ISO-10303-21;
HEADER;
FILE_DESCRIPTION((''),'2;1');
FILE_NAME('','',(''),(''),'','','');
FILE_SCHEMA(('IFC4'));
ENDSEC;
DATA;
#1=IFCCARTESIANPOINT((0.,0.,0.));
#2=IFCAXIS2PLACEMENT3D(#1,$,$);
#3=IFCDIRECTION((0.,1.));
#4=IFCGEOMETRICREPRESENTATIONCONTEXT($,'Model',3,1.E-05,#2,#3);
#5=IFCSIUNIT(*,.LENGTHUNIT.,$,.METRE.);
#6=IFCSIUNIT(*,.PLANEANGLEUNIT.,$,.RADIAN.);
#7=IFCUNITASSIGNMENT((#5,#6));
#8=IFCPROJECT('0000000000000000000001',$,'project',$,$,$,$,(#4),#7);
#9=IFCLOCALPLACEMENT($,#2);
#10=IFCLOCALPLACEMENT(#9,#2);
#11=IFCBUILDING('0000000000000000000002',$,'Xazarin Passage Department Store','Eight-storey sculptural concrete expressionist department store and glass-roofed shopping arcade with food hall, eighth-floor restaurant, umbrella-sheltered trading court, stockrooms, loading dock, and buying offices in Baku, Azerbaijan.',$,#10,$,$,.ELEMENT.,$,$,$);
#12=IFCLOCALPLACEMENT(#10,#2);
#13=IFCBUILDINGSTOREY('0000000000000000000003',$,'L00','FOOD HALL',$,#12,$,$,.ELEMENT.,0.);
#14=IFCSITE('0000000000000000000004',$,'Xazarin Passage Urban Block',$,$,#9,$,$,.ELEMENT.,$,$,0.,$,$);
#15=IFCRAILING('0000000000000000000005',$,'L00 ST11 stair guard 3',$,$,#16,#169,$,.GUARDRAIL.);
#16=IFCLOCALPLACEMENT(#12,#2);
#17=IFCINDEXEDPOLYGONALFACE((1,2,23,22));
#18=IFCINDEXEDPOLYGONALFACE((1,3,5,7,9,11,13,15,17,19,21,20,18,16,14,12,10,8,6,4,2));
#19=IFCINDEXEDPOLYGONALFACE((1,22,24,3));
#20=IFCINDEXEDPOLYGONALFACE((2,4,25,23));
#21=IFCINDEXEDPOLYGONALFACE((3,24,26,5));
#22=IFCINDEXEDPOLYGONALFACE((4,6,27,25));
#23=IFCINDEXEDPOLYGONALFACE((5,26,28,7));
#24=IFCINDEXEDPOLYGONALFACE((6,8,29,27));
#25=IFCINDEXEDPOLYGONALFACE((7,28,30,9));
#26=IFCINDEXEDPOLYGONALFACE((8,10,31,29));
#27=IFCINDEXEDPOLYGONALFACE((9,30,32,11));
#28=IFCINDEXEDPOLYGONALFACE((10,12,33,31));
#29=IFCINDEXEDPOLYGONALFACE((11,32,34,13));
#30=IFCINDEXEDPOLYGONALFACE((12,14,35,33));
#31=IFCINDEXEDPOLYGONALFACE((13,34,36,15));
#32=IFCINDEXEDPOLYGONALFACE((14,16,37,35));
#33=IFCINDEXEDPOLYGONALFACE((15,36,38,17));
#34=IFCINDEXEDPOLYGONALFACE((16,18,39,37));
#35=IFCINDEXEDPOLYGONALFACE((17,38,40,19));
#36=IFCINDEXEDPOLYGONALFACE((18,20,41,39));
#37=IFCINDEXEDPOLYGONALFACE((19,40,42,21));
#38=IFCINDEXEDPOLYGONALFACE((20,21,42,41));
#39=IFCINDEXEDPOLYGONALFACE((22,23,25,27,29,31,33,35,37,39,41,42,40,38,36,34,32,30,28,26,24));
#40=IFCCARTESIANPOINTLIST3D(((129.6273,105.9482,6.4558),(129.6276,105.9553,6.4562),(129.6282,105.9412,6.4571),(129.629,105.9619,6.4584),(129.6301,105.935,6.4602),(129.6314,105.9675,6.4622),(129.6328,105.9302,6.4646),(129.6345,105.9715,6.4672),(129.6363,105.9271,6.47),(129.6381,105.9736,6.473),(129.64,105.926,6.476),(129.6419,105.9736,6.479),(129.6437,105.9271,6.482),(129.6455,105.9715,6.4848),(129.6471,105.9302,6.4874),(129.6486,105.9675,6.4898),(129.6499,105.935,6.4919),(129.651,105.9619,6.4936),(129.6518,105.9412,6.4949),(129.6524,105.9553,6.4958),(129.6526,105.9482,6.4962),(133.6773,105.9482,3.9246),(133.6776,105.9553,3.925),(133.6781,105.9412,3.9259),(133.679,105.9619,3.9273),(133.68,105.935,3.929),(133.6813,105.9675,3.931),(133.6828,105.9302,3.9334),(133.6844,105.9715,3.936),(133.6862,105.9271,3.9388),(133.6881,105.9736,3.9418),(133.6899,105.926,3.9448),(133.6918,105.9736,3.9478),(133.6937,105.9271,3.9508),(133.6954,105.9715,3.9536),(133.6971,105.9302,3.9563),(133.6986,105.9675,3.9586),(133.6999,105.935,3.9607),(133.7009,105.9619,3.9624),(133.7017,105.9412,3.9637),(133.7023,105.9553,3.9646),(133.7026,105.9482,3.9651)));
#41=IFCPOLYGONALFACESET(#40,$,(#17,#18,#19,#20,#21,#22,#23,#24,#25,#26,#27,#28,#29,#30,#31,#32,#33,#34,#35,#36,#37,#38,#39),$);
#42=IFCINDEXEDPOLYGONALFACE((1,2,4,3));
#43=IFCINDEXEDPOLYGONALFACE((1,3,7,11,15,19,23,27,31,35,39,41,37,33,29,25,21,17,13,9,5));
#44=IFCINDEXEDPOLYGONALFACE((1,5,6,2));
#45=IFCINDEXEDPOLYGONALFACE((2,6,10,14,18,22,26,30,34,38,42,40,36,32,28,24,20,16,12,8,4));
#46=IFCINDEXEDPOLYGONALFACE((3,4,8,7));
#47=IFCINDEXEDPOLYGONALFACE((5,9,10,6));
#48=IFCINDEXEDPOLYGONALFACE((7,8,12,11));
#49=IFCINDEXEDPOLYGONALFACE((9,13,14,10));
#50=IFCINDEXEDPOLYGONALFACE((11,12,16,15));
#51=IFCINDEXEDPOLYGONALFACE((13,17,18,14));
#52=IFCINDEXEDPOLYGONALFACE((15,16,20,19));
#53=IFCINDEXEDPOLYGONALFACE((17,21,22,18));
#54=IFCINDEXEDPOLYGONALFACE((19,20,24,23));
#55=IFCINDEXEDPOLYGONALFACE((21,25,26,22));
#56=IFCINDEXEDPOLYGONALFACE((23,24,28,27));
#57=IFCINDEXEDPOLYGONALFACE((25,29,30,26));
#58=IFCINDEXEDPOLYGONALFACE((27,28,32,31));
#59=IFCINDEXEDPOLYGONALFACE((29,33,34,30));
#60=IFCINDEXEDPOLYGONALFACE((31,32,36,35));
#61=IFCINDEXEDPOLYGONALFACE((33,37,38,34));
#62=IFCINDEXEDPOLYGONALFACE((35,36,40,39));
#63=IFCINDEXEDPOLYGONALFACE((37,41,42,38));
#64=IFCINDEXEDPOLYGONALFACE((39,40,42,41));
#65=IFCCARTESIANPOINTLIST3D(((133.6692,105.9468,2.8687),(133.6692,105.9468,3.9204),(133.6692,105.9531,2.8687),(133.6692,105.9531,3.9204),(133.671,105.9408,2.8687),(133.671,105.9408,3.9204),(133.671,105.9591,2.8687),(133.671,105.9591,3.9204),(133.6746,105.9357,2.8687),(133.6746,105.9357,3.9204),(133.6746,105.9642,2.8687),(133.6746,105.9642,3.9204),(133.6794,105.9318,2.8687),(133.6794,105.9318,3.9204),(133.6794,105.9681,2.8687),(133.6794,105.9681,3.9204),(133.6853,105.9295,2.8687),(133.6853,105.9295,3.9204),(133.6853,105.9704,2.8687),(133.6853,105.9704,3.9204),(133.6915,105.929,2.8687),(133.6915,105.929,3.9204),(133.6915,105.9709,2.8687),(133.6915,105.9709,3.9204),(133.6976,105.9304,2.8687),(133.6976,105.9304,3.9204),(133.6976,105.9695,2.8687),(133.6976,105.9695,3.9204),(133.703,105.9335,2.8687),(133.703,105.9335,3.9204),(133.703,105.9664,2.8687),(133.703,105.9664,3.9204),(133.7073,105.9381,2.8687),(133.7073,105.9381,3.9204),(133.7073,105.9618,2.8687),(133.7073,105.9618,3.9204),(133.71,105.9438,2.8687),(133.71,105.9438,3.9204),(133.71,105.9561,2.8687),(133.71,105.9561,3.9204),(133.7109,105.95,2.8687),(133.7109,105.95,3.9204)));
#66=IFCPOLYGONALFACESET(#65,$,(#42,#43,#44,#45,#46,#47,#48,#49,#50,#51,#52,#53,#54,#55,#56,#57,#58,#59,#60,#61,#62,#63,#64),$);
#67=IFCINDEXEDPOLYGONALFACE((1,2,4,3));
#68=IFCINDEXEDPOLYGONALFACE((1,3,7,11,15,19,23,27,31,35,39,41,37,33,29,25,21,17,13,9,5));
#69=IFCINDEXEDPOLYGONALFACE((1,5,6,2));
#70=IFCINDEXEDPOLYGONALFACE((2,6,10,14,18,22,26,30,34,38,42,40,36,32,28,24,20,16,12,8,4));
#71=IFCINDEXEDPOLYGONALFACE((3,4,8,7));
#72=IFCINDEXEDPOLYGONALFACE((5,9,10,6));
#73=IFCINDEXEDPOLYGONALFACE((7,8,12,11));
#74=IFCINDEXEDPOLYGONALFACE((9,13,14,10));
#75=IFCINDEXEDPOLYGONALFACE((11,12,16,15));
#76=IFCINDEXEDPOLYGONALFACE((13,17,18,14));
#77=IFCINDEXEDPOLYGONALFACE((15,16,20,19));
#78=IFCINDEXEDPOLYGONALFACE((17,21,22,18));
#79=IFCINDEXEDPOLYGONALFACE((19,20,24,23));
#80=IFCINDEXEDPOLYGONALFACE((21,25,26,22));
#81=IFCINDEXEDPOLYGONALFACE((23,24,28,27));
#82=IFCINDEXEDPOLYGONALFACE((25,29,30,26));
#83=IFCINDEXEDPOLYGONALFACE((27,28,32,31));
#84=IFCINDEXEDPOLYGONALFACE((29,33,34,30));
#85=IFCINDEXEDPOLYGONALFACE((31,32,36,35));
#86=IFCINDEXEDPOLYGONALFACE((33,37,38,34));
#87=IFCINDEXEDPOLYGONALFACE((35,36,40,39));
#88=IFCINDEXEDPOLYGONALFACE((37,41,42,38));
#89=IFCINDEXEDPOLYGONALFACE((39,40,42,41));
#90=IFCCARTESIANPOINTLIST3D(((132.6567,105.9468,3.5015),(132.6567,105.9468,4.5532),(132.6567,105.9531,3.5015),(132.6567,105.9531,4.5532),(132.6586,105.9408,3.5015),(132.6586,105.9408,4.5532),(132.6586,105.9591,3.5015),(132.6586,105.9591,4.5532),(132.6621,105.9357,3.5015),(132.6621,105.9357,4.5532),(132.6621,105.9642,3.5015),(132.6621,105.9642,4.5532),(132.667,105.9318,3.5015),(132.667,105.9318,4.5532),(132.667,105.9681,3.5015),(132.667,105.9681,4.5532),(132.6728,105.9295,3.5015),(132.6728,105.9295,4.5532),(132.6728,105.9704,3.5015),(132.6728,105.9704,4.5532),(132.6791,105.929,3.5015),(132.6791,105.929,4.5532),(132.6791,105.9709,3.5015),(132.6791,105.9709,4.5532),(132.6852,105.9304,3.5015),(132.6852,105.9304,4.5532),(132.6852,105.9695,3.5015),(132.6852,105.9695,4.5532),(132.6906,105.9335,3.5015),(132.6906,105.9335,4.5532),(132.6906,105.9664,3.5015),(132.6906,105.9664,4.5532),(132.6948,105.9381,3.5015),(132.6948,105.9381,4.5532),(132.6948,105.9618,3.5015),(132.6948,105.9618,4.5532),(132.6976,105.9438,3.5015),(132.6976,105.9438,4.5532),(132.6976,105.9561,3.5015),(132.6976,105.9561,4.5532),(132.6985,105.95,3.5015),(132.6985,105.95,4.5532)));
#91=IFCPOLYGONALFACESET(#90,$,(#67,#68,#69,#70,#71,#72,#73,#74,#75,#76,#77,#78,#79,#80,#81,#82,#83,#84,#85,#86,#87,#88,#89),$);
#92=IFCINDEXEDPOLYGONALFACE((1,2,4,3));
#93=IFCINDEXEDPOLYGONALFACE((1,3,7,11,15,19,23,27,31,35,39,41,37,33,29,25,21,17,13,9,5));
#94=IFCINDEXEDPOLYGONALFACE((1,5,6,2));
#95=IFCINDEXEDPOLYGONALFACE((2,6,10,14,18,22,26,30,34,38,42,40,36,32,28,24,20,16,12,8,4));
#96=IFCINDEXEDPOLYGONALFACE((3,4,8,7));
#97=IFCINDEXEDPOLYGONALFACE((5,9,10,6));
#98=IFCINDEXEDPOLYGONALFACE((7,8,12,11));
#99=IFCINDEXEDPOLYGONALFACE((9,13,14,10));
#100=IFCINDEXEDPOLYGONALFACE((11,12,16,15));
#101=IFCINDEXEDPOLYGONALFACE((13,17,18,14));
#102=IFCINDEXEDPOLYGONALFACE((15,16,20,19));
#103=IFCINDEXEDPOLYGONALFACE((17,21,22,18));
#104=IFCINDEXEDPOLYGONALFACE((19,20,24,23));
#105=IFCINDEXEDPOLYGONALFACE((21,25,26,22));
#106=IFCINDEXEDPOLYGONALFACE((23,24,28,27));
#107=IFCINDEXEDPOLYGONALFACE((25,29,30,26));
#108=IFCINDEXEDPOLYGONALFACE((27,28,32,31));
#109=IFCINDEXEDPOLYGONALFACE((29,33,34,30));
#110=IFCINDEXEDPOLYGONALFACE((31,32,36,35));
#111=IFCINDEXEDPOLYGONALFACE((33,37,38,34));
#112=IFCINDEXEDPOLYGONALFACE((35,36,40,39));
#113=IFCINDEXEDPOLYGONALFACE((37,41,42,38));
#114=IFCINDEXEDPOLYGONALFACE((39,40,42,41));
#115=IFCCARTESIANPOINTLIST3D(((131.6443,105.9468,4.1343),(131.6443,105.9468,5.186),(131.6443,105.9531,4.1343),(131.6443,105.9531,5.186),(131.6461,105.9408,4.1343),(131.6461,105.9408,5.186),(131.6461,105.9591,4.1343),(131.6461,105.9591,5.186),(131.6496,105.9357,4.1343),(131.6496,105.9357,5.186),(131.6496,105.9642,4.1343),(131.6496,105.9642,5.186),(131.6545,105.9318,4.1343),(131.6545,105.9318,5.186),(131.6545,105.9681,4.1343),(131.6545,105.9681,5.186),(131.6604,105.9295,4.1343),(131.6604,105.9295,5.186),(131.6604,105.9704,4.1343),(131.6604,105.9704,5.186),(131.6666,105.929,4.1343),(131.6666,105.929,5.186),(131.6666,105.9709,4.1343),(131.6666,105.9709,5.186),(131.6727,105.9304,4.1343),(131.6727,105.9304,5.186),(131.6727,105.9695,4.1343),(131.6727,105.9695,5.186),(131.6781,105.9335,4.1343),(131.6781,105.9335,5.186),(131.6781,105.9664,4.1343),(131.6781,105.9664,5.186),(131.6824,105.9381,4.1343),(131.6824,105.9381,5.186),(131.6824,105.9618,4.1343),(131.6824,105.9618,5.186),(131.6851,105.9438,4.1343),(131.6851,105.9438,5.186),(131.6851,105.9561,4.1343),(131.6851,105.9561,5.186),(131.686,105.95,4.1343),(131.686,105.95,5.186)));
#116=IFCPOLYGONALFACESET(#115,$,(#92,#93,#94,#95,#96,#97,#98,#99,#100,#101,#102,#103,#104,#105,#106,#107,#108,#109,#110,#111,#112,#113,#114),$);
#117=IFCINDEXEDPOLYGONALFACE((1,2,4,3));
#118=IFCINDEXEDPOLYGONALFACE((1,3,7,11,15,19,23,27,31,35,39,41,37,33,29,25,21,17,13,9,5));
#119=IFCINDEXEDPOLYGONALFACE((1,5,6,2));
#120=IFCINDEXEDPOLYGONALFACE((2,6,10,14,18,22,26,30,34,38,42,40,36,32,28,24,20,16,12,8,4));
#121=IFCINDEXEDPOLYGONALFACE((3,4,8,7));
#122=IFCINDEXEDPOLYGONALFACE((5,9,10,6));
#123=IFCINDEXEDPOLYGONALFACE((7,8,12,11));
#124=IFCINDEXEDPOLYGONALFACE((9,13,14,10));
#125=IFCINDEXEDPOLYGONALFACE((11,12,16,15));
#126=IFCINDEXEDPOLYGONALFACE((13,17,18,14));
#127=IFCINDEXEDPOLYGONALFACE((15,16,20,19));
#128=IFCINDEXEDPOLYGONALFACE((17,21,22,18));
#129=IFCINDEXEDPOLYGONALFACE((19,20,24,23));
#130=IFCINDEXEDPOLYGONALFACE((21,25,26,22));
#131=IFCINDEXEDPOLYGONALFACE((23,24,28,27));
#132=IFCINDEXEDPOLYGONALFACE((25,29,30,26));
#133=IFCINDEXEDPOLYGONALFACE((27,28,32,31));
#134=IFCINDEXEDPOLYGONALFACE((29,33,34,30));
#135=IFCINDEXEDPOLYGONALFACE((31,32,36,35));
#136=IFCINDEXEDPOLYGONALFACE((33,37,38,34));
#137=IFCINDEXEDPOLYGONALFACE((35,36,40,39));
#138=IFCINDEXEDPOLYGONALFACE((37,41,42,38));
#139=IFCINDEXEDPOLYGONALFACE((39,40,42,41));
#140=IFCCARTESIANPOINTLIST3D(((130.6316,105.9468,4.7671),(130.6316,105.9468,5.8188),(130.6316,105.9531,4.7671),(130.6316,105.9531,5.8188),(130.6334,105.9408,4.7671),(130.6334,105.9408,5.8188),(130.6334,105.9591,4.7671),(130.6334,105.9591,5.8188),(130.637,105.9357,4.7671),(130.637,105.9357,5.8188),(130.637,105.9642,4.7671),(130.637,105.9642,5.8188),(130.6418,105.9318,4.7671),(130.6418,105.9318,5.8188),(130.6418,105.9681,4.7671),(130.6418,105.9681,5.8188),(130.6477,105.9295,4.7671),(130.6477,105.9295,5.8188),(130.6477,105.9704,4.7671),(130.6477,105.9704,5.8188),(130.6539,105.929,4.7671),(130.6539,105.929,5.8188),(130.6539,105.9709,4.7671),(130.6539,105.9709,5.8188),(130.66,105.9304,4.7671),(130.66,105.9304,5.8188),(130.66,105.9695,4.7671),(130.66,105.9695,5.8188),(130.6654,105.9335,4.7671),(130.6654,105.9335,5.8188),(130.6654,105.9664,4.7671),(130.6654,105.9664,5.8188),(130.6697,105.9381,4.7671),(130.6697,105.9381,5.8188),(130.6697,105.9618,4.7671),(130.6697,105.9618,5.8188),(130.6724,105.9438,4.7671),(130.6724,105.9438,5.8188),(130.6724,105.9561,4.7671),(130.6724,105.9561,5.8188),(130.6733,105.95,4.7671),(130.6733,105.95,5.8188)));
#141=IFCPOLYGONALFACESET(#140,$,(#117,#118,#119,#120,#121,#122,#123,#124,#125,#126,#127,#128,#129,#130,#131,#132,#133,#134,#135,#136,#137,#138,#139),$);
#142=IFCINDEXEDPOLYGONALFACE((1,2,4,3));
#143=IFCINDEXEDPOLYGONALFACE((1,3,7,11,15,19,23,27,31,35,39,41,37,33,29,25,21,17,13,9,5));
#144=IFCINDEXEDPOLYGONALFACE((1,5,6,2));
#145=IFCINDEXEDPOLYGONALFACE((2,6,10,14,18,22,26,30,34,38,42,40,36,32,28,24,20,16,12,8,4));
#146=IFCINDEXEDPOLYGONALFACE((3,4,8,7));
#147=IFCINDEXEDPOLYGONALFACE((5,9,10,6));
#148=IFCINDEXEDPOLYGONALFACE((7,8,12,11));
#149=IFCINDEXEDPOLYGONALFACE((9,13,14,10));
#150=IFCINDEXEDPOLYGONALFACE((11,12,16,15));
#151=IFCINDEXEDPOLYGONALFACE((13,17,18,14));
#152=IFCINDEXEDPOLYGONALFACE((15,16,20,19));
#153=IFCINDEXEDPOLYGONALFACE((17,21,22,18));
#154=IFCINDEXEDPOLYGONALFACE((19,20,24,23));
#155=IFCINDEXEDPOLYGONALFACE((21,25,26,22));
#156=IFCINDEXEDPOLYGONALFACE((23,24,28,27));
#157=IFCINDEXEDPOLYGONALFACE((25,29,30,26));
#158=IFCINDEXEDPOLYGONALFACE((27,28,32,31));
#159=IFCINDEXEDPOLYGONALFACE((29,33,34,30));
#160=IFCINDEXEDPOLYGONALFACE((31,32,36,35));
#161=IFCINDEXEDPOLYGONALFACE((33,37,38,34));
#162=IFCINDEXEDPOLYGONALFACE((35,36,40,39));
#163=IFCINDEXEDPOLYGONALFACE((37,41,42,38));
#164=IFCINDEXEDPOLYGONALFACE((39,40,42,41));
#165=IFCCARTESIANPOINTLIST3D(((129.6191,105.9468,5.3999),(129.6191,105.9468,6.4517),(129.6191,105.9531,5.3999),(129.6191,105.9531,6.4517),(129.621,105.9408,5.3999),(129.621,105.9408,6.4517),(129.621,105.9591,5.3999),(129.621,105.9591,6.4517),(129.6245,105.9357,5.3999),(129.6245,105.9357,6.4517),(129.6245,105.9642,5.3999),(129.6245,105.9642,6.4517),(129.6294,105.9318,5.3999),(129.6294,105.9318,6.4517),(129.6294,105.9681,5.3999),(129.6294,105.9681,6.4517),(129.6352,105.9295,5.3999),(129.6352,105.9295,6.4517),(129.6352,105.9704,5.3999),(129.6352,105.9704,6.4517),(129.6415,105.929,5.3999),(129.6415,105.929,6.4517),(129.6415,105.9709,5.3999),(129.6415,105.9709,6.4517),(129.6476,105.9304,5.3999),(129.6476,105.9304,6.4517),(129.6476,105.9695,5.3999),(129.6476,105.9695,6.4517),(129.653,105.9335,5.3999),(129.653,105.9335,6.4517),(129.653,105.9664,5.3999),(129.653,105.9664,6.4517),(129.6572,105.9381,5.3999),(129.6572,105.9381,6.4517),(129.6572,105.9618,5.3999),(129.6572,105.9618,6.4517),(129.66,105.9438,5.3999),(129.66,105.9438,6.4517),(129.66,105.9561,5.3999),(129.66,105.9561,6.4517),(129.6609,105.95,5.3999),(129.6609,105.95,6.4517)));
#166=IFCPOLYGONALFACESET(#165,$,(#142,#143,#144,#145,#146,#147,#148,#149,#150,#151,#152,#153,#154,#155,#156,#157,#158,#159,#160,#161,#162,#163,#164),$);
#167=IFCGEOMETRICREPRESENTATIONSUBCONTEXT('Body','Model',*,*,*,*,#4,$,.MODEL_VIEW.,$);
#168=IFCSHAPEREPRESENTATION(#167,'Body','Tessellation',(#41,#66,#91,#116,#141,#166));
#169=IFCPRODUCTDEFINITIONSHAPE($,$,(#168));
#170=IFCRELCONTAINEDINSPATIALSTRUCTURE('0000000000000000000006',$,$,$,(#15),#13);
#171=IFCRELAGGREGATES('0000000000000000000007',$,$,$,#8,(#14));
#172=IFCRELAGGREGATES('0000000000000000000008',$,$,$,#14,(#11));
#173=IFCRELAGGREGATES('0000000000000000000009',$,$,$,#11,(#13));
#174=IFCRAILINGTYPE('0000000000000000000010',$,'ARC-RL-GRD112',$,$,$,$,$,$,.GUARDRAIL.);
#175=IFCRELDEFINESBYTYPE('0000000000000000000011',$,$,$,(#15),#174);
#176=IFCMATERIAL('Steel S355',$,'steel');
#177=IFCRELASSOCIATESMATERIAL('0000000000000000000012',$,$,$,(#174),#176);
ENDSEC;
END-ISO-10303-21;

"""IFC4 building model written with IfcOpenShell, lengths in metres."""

from ifc_helpers import new_model, si_unit, direction, frame, origin, origin_2d, place, context, subcontext, project, spatial, circle, extrude, material, type_object, element, save


model = new_model("IFC4")

# Units and contexts
model_context = context("Model", 3, precision=1e-05, world=origin(), true_north=direction((0.0, 1.0)))
body_context = subcontext(model_context, "Body", "Model", "MODEL_VIEW")
ifc_project = project(units=[si_unit("LENGTHUNIT", "METRE"), si_unit("PLANEANGLEUNIT", "RADIAN")], contexts=[model_context])

# Site, building, storey
site_placement = place(None, origin())
site = spatial("IfcSite", under=ifc_project, at=site_placement, Name="Xazarin Passage Urban Block", CompositionType="ELEMENT", RefElevation=0.0)
building_placement = place(site_placement, origin())
building = spatial("IfcBuilding", under=site, at=building_placement, Name="Xazarin Passage Department Store", Description="Eight-storey sculptural concrete expressionist department store and glass-roofed shopping arcade with food hall, eighth-floor restaurant, umbrella-sheltered trading court, stockrooms, loading dock, and buying offices in Baku, Azerbaijan.", CompositionType="ELEMENT")
storey_placement = place(building_placement, origin())
storey = spatial("IfcBuildingStorey", under=building, at=storey_placement, Name="L00", Description="FOOD HALL", CompositionType="ELEMENT", Elevation=0.0)

# Shared definitions
ifc_material_1 = material(Name="Steel S355", Category="steel")

# Railing
railing_type_1 = type_object("IfcRailingType", Name="ARC-RL-GRD112", PredefinedType="GUARDRAIL", material=ifc_material_1)
railing_1_placement = place(storey_placement, frame((133.6899, 105.95, 2.8687)))
element("IfcRailing", 1, at=railing_1_placement, inside=storey, type_object=railing_type_1, Name="L00 ST11 stair guard 3", PredefinedType="GUARDRAIL", context=body_context, shape_type="SweptSolid", body=[
    extrude(circle(Radius=0.0239, at=origin_2d()), frame((0.0, 0.0, 1.0762), z_axis=(-0.848001, 0.0, 0.529994), x_axis=(0.0, -1.0, 0.0)), (0.0, 0.0, 1.0), 4.7759),
    extrude(circle(Radius=0.021, at=origin_2d()), origin(), (0.0, 0.0, 1.0), 1.0518),
    extrude(circle(Radius=0.021, at=origin_2d()), frame((-1.0125, 0.0, 0.6328)), (0.0, 0.0, 1.0), 1.0518),
    extrude(circle(Radius=0.021, at=origin_2d()), frame((-2.0249, 0.0, 1.2656)), (0.0, 0.0, 1.0), 1.0518),
    extrude(circle(Radius=0.021, at=origin_2d()), frame((-3.0376, 0.0, 1.8984)), (0.0, 0.0, 1.0), 1.0518),
    extrude(circle(Radius=0.021, at=origin_2d()), frame((-4.05, 0.0, 2.5312)), (0.0, 0.0, 1.0), 1.0518),
])

save(model, "model.ifc")
